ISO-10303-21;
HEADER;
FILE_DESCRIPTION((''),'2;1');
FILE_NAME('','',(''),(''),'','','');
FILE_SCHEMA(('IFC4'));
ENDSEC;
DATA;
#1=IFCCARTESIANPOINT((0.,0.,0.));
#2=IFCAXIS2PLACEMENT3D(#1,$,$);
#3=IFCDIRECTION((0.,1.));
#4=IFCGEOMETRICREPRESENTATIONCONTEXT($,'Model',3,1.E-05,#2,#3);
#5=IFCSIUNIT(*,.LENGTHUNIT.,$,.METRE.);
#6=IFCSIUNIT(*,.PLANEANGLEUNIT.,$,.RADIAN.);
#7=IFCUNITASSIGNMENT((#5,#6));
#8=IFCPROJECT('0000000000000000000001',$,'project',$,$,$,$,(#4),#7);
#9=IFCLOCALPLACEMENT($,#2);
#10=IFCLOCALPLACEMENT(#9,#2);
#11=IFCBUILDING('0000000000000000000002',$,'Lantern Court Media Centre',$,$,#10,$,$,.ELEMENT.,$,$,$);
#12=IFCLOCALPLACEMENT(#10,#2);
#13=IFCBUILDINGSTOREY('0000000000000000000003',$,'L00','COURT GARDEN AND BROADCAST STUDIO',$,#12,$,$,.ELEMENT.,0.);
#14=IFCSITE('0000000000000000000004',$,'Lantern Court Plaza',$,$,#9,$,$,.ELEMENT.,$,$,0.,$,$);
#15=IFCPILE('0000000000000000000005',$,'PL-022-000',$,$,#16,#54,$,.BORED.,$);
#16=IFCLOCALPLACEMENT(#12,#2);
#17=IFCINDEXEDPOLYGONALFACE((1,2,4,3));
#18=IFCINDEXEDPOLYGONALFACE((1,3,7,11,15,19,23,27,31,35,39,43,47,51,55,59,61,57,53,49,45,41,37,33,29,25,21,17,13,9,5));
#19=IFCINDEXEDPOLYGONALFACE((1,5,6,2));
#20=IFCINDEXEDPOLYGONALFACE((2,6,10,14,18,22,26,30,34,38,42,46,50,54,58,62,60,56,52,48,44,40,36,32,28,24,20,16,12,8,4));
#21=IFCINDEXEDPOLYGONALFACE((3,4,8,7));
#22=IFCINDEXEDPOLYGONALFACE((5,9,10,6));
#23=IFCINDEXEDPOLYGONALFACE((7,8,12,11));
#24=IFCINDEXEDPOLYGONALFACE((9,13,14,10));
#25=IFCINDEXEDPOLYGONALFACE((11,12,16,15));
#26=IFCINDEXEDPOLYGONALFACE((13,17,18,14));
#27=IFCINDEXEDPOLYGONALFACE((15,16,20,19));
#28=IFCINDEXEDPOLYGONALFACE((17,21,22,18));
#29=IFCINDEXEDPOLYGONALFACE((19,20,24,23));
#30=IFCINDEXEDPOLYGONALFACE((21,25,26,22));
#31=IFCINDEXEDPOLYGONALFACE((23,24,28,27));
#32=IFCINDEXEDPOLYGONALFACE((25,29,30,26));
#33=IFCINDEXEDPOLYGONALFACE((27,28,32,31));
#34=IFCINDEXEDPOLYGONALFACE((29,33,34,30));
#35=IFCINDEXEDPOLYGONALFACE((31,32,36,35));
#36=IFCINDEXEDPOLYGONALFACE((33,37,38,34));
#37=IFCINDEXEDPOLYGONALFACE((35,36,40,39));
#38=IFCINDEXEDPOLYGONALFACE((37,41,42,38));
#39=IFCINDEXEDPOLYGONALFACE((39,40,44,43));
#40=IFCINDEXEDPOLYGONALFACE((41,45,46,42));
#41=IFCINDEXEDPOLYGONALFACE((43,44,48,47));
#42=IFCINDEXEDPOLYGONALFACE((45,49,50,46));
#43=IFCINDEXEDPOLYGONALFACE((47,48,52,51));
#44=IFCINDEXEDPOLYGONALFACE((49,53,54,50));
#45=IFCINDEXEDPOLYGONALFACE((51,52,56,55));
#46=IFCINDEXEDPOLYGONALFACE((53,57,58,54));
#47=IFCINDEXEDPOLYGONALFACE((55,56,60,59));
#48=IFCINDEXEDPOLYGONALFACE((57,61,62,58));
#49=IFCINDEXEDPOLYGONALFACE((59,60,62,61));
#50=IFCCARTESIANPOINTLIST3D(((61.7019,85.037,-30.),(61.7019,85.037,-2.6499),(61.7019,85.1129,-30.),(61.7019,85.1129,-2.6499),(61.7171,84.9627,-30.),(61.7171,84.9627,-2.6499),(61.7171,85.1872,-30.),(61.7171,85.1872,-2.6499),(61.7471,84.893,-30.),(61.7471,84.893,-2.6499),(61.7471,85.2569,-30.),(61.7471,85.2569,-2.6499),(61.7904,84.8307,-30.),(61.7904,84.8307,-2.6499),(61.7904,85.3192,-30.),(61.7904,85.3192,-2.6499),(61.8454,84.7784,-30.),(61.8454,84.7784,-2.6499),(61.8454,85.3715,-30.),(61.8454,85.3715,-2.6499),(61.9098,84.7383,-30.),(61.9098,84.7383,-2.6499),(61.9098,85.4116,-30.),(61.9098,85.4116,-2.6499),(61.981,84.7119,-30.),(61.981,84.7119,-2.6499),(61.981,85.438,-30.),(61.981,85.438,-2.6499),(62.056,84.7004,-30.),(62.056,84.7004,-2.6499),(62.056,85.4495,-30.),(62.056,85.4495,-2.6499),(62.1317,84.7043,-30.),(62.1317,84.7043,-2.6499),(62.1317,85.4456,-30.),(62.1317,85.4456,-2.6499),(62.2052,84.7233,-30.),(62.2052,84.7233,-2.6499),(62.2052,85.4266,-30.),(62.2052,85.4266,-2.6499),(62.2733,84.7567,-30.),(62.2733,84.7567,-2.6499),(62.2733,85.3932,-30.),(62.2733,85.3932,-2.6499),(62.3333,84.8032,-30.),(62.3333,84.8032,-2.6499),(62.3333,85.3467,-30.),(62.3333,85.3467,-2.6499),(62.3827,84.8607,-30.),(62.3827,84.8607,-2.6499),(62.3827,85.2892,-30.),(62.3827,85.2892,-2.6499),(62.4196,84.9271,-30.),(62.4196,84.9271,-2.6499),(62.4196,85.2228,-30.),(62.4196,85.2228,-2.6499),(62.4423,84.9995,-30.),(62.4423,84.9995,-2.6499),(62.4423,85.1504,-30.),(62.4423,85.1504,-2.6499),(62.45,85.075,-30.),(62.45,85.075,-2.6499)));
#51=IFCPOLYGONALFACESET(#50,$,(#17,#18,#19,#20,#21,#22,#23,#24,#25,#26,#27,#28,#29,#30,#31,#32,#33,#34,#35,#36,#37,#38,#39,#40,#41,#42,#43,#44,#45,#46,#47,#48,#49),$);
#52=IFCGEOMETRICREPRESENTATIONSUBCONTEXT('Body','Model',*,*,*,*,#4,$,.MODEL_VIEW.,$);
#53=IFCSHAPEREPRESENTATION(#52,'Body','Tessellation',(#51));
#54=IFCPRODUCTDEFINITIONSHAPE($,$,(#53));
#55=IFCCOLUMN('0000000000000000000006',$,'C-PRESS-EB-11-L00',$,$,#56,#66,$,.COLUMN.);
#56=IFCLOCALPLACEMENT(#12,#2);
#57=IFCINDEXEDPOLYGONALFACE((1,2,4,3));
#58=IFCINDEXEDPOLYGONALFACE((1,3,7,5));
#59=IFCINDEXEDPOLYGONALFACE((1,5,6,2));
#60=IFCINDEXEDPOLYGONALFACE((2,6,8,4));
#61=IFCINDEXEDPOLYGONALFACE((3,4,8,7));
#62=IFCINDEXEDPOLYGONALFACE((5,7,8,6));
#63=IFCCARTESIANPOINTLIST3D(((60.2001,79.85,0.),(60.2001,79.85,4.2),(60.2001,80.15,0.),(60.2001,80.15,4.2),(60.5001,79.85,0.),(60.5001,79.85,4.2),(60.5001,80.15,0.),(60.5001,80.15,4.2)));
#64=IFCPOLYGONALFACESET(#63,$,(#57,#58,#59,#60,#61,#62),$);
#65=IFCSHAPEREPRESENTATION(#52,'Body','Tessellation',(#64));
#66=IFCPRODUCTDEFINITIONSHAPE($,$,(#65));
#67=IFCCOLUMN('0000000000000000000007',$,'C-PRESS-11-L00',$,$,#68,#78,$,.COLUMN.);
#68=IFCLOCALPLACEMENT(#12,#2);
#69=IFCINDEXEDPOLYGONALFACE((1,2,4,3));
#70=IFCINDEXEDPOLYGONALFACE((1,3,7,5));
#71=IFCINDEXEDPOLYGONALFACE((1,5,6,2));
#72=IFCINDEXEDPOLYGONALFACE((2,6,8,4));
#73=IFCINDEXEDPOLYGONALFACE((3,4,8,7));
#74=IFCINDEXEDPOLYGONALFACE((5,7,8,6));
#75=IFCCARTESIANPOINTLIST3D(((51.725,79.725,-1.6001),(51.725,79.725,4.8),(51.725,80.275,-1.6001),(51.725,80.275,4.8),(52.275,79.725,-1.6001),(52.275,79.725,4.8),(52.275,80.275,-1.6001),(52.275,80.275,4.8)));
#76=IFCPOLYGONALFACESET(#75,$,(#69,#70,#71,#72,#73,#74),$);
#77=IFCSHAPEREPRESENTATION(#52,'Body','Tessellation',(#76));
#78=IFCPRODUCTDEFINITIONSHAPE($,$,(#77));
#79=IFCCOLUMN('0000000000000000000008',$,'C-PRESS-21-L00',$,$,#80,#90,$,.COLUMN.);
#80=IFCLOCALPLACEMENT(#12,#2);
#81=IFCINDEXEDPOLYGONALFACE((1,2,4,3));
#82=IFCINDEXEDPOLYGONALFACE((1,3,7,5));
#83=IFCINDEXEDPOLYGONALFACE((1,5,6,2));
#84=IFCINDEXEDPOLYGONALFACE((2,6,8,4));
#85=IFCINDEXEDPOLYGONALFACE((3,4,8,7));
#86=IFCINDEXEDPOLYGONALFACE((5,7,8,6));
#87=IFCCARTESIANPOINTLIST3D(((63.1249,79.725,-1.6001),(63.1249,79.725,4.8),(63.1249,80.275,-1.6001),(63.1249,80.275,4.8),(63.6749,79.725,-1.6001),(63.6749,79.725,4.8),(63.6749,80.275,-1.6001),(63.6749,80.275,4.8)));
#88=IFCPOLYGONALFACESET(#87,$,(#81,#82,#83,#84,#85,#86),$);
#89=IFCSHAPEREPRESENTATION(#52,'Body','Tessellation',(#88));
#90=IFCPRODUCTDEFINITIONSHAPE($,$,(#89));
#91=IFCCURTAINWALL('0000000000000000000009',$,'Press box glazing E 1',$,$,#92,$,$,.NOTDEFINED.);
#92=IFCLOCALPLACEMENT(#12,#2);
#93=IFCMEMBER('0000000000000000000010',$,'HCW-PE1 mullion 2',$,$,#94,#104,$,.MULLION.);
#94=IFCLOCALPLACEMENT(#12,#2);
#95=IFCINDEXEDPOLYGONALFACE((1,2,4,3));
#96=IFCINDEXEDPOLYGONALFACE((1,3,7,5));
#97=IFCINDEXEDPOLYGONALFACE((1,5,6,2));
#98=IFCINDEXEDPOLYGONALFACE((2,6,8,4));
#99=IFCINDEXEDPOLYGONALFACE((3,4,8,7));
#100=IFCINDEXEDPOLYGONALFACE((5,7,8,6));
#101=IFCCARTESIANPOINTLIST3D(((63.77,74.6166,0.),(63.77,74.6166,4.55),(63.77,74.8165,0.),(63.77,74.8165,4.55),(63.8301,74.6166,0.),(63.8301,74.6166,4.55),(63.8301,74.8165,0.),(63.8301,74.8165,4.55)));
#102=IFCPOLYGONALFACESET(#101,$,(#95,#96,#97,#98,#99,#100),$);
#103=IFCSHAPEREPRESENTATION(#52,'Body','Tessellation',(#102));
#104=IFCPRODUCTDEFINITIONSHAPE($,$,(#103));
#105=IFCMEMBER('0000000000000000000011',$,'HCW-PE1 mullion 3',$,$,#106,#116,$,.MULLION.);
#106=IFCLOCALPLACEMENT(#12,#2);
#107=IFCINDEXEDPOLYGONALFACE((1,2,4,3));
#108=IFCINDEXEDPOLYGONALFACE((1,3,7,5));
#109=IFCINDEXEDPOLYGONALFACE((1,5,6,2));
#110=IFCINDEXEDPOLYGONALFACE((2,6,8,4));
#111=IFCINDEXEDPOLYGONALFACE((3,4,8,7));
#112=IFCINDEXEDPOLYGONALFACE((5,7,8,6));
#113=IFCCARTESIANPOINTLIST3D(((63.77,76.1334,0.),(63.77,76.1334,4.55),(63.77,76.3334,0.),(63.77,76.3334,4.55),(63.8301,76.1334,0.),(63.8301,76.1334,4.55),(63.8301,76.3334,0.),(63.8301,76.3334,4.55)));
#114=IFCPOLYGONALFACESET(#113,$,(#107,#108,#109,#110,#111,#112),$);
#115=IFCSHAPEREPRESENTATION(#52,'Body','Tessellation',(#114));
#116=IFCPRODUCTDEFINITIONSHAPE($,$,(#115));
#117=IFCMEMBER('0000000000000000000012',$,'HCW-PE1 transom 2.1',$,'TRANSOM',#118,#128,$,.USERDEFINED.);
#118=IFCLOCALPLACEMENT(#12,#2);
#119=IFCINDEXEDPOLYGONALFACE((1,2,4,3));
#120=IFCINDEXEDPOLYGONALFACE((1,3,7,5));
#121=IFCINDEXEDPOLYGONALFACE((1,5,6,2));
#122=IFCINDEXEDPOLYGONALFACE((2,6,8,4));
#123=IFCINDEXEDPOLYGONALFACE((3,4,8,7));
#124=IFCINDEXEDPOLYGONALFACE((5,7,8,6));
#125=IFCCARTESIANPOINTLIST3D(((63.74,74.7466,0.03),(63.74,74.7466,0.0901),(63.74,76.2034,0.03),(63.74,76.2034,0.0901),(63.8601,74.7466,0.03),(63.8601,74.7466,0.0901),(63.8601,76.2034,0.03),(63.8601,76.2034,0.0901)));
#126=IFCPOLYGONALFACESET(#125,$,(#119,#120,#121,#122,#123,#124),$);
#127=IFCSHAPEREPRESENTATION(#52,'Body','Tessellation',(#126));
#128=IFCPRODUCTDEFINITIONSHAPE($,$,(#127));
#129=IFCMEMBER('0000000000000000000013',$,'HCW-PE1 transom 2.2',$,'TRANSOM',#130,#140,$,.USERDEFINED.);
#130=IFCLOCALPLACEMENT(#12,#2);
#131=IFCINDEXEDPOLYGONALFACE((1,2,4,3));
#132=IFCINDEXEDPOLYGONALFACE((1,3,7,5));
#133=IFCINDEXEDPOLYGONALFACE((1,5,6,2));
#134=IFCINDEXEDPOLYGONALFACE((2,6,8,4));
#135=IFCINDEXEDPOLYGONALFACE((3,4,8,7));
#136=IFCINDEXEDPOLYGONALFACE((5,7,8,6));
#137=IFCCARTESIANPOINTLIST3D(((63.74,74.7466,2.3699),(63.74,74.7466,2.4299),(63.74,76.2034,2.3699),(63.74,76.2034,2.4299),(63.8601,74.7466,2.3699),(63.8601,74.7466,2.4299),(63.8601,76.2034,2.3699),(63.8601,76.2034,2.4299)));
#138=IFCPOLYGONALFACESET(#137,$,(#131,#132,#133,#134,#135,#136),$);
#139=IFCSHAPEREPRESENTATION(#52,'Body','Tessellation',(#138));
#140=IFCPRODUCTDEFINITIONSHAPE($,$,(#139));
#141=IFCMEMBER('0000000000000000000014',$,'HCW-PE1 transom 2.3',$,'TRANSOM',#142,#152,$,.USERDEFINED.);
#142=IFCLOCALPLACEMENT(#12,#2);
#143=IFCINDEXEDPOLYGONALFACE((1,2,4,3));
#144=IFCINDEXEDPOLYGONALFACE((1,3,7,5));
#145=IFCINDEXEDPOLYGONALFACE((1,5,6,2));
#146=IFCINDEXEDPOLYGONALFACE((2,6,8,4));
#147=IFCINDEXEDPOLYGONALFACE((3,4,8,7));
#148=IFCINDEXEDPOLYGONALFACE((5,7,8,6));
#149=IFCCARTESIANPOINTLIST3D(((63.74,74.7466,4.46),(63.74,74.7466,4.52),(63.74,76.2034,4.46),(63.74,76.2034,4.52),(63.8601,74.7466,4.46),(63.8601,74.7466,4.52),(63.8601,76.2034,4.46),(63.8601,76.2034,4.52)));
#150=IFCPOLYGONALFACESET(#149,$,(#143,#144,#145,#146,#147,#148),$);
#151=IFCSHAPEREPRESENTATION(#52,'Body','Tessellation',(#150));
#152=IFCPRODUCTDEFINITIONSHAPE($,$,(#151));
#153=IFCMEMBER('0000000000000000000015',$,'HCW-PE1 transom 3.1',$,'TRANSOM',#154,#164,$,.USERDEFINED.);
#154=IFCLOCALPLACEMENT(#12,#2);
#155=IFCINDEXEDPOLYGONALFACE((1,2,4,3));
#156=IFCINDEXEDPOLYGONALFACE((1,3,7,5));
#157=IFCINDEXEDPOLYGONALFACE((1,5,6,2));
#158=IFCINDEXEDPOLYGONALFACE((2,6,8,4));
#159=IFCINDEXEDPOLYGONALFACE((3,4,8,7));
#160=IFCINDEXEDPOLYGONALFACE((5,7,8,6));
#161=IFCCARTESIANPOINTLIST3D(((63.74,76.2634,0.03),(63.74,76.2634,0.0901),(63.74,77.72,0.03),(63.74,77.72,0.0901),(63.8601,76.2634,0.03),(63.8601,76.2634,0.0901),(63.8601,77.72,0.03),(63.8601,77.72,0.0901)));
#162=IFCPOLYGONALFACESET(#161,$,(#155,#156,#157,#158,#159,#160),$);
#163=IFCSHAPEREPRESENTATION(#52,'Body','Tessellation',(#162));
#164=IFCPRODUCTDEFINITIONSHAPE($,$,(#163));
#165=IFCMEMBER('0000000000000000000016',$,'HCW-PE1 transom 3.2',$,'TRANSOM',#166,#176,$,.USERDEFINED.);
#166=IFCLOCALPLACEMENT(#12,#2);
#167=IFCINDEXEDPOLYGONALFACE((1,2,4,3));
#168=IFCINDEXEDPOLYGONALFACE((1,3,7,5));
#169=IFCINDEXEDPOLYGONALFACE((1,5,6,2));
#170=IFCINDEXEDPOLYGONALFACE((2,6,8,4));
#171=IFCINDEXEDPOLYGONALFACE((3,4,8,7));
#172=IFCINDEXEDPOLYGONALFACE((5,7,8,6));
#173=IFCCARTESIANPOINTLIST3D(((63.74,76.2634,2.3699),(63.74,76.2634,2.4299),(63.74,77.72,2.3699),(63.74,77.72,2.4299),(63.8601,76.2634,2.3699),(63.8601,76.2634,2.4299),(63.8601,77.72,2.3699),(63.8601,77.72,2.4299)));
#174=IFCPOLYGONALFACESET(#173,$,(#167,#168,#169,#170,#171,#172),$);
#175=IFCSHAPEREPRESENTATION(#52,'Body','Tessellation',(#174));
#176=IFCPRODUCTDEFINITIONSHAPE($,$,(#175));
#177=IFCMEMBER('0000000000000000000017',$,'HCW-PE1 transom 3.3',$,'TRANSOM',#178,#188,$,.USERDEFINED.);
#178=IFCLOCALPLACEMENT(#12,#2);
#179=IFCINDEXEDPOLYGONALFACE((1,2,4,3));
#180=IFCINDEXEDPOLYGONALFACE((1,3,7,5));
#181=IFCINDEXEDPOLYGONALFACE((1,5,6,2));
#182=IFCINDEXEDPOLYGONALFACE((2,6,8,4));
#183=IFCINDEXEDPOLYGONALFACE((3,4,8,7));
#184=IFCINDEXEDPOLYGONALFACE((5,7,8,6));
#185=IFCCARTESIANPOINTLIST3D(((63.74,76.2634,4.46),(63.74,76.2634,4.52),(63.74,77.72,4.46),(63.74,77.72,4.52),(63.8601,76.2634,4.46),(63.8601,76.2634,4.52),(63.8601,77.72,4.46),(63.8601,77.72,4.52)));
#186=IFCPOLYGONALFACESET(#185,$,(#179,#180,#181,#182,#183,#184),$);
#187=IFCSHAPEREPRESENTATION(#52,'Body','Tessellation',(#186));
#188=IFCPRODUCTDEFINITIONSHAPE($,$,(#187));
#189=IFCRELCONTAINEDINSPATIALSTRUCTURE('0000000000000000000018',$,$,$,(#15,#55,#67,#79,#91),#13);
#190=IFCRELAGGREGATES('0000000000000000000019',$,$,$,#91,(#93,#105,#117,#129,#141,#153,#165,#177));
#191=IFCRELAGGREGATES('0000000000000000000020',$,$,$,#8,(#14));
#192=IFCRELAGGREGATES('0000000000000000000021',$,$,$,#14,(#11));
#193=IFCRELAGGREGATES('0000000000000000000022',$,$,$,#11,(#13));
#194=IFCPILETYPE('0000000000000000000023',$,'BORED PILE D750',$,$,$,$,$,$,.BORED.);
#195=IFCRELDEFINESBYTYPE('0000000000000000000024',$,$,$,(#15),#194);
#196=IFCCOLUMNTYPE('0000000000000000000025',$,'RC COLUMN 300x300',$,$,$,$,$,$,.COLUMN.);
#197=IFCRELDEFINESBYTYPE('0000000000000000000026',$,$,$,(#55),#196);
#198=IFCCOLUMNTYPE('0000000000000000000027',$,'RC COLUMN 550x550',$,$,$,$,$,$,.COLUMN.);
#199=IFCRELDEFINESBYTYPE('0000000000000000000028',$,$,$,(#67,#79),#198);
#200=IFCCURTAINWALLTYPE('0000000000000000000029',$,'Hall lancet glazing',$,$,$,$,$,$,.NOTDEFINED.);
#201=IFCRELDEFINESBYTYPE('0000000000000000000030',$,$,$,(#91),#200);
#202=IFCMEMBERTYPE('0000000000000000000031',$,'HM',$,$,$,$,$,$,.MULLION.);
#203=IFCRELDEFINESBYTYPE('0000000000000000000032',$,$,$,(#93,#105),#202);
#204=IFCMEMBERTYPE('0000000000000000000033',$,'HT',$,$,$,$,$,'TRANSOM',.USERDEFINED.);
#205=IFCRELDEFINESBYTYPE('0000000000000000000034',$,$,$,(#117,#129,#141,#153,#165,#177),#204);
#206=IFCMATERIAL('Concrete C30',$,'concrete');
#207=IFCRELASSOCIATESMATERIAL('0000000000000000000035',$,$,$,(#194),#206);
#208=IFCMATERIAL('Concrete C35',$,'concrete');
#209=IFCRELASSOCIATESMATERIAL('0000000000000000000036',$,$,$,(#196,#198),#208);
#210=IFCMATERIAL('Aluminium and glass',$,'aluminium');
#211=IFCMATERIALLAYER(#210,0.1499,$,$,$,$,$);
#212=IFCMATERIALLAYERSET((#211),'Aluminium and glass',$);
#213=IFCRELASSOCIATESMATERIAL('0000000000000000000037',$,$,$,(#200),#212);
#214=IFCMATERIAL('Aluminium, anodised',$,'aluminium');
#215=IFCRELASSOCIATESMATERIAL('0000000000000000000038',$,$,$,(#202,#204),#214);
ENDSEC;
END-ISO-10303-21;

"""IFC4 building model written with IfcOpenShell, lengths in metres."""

from ifc_helpers import new_model, si_unit, direction, frame, origin, origin_2d, place, context, subcontext, project, spatial, rectangle, circle, extrude, material, layer, layer_set, material_profile, profile_set, type_object, element, aggregate, save


model = new_model("IFC4")

# Units and contexts
model_context = context("Model", 3, precision=1e-05, world=origin(), true_north=direction((0.0, 1.0)))
body_context = subcontext(model_context, "Body", "Model", "MODEL_VIEW")
ifc_project = project(units=[si_unit("LENGTHUNIT", "METRE"), si_unit("PLANEANGLEUNIT", "RADIAN")], contexts=[model_context])

# Site, building, storey
site_placement = place(None, origin())
site = spatial("IfcSite", under=ifc_project, at=site_placement, Name="Lantern Court Plaza", CompositionType="ELEMENT", RefElevation=0.0)
building_placement = place(site_placement, origin())
building = spatial("IfcBuilding", under=site, at=building_placement, Name="Lantern Court Media Centre", CompositionType="ELEMENT")
storey_placement = place(building_placement, origin())
storey = spatial("IfcBuildingStorey", under=building, at=storey_placement, Name="L00", Description="COURT GARDEN AND BROADCAST STUDIO", CompositionType="ELEMENT", Elevation=0.0)

# Pile
ifc_material_1 = material(Name="Concrete C30", Category="concrete")
ifc_material_profile_1 = material_profile(ifc_material_1, circle(Radius=0.375, at=origin_2d()), Name="D750")
ifc_profile_set_1 = profile_set([ifc_material_profile_1], Name="Concrete C30")
pile_type = type_object("IfcPileType", Name="BORED PILE D750", PredefinedType="BORED", material=ifc_profile_set_1)
for number, where, z_axis, x_axis, name in (
    (1, (62.075, 85.075, -2.6499), (0.0, 0.0, -1.0), (1.0, 0.0, 0.0), "PL-022-000"),
):
    element("IfcPile", number, at=place(storey_placement, frame(where, z_axis=z_axis, x_axis=x_axis)), inside=storey, type_object=pile_type, Name=name, PredefinedType="BORED", context=body_context, shape_type="SweptSolid", body=[
        extrude(circle(Radius=0.375, at=origin_2d()), origin(), (0.0, 0.0, 1.0), 27.3501),
    ])

# Columns
ifc_material_2 = material(Name="Concrete C35", Category="concrete")
ifc_material_profile_2 = material_profile(ifc_material_2, rectangle(XDim=0.3, YDim=0.3, at=origin_2d()), Name="RC 300x300")
ifc_profile_set_2 = profile_set([ifc_material_profile_2], Name="Concrete C35")
column_type_1 = type_object("IfcColumnType", Name="RC COLUMN 300x300", PredefinedType="COLUMN", material=ifc_profile_set_2)
column_placement = place(storey_placement, frame((60.3501, 80.0, 0.0), z_axis=(0.0, 0.0, 1.0), x_axis=(1.0, 0.0, 0.0)))
element("IfcColumn", 2, at=column_placement, inside=storey, type_object=column_type_1, Name="C-PRESS-EB-11-L00", PredefinedType="COLUMN", context=body_context, shape_type="SweptSolid", body=[
    extrude(rectangle(XDim=0.3, YDim=0.3, at=origin_2d()), origin(), (0.0, 0.0, 1.0), 4.2),
])
ifc_material_profile_3 = material_profile(ifc_material_2, rectangle(XDim=0.55, YDim=0.55, at=origin_2d()), Name="RC 550x550")
ifc_profile_set_3 = profile_set([ifc_material_profile_3], Name="Concrete C35")
column_type_2 = type_object("IfcColumnType", Name="RC COLUMN 550x550", PredefinedType="COLUMN", material=ifc_profile_set_3)
for number, where, z_axis, x_axis, name in (
    (3, (52.0, 80.0, -1.6001), (0.0, 0.0, 1.0), (1.0, 0.0, 0.0), "C-PRESS-11-L00"),
    (4, (63.3999, 80.0, -1.6001), (0.0, 0.0, 1.0), (1.0, 0.0, 0.0), "C-PRESS-21-L00"),
):
    element("IfcColumn", number, at=place(storey_placement, frame(where, z_axis=z_axis, x_axis=x_axis)), inside=storey, type_object=column_type_2, Name=name, PredefinedType="COLUMN", context=body_context, shape_type="SweptSolid", body=[
        extrude(rectangle(XDim=0.55, YDim=0.55, at=origin_2d()), origin(), (0.0, 0.0, 1.0), 6.4001),
    ])

# Curtain wall, members
ifc_material_3 = material(Name="Aluminium and glass", Category="aluminium")
ifc_layer_1 = layer(ifc_material_3, 0.1499)
ifc_layer_set_1 = layer_set([ifc_layer_1], Name="Aluminium and glass")
curtain_wall_type = type_object("IfcCurtainWallType", Name="Hall lancet glazing", PredefinedType="NOTDEFINED", material=ifc_layer_set_1)
curtain_wall_placement = place(storey_placement, origin())
curtain_wall = element("IfcCurtainWall", 5, at=curtain_wall_placement, inside=storey, type_object=curtain_wall_type, Name="Press box glazing E 1", PredefinedType="NOTDEFINED")
ifc_material_4 = material(Name="Aluminium, anodised", Category="aluminium")
ifc_material_profile_4 = material_profile(ifc_material_4, rectangle(XDim=0.0601, YDim=0.2, at=origin_2d()), Name="HM")
ifc_profile_set_4 = profile_set([ifc_material_profile_4], Name="Aluminium, anodised")
member_type_1 = type_object("IfcMemberType", Name="HM", PredefinedType="MULLION", material=ifc_profile_set_4)
member_1_placement = place(storey_placement, frame((63.8, 74.7166, 0.0), z_axis=(0.0, 0.0, 1.0), x_axis=(-1.0, 0.0, 0.0)))
member_1 = element("IfcMember", 6, at=member_1_placement, type_object=member_type_1, Name="HCW-PE1 mullion 2", PredefinedType="MULLION", context=body_context, shape_type="SweptSolid", body=[
    extrude(rectangle(XDim=0.0601, YDim=0.2, at=origin_2d()), origin(), (0.0, 0.0, 1.0), 4.55),
])
member_2_placement = place(storey_placement, frame((63.8, 76.2334, 0.0), z_axis=(0.0, 0.0, 1.0), x_axis=(-1.0, 0.0, 0.0)))
member_2 = element("IfcMember", 7, at=member_2_placement, type_object=member_type_1, Name="HCW-PE1 mullion 3", PredefinedType="MULLION", context=body_context, shape_type="SweptSolid", body=[
    extrude(rectangle(XDim=0.0601, YDim=0.2, at=origin_2d()), origin(), (0.0, 0.0, 1.0), 4.55),
])
ifc_material_profile_5 = material_profile(ifc_material_4, rectangle(XDim=0.1201, YDim=0.0601, at=origin_2d()), Name="HT")
ifc_profile_set_5 = profile_set([ifc_material_profile_5], Name="Aluminium, anodised")
member_type_2 = type_object("IfcMemberType", Name="HT", ElementType="TRANSOM", PredefinedType="USERDEFINED", material=ifc_profile_set_5)
member_3_placement = place(storey_placement, frame((63.8, 74.7466, 0.0601), z_axis=(0.0, 1.0, 0.0), x_axis=(-1.0, 0.0, 0.0)))
member_3 = element("IfcMember", 8, at=member_3_placement, type_object=member_type_2, Name="HCW-PE1 transom 2.1", ObjectType="TRANSOM", PredefinedType="USERDEFINED", context=body_context, shape_type="SweptSolid", body=[
    extrude(rectangle(XDim=0.1201, YDim=0.0601, at=origin_2d()), origin(), (0.0, 0.0, 1.0), 1.4568),
])
member_4_placement = place(storey_placement, frame((63.8, 74.7466, 2.3999), z_axis=(0.0, 1.0, 0.0), x_axis=(-1.0, 0.0, 0.0)))
member_4 = element("IfcMember", 9, at=member_4_placement, type_object=member_type_2, Name="HCW-PE1 transom 2.2", ObjectType="TRANSOM", PredefinedType="USERDEFINED", context=body_context, shape_type="SweptSolid", body=[
    extrude(rectangle(XDim=0.1201, YDim=0.0601, at=origin_2d()), origin(), (0.0, 0.0, 1.0), 1.4568),
])
member_5_placement = place(storey_placement, frame((63.8, 74.7466, 4.49), z_axis=(0.0, 1.0, 0.0), x_axis=(-1.0, 0.0, 0.0)))
member_5 = element("IfcMember", 10, at=member_5_placement, type_object=member_type_2, Name="HCW-PE1 transom 2.3", ObjectType="TRANSOM", PredefinedType="USERDEFINED", context=body_context, shape_type="SweptSolid", body=[
    extrude(rectangle(XDim=0.1201, YDim=0.0601, at=origin_2d()), origin(), (0.0, 0.0, 1.0), 1.4568),
])
member_6_placement = place(storey_placement, frame((63.8, 76.2634, 0.0601), z_axis=(0.0, 1.0, 0.0), x_axis=(-1.0, 0.0, 0.0)))
member_6 = element("IfcMember", 11, at=member_6_placement, type_object=member_type_2, Name="HCW-PE1 transom 3.1", ObjectType="TRANSOM", PredefinedType="USERDEFINED", context=body_context, shape_type="SweptSolid", body=[
    extrude(rectangle(XDim=0.1201, YDim=0.0601, at=origin_2d()), origin(), (0.0, 0.0, 1.0), 1.4565),
])
member_7_placement = place(storey_placement, frame((63.8, 76.2634, 2.3999), z_axis=(0.0, 1.0, 0.0), x_axis=(-1.0, 0.0, 0.0)))
member_7 = element("IfcMember", 12, at=member_7_placement, type_object=member_type_2, Name="HCW-PE1 transom 3.2", ObjectType="TRANSOM", PredefinedType="USERDEFINED", context=body_context, shape_type="SweptSolid", body=[
    extrude(rectangle(XDim=0.1201, YDim=0.0601, at=origin_2d()), origin(), (0.0, 0.0, 1.0), 1.4565),
])
member_8_placement = place(storey_placement, frame((63.8, 76.2634, 4.49), z_axis=(0.0, 1.0, 0.0), x_axis=(-1.0, 0.0, 0.0)))
member_8 = element("IfcMember", 13, at=member_8_placement, type_object=member_type_2, Name="HCW-PE1 transom 3.3", ObjectType="TRANSOM", PredefinedType="USERDEFINED", context=body_context, shape_type="SweptSolid", body=[
    extrude(rectangle(XDim=0.1201, YDim=0.0601, at=origin_2d()), origin(), (0.0, 0.0, 1.0), 1.4565),
])
aggregate(curtain_wall, [member_1, member_2, member_3, member_4, member_5, member_6, member_7, member_8])

save(model, "model.ifc")
